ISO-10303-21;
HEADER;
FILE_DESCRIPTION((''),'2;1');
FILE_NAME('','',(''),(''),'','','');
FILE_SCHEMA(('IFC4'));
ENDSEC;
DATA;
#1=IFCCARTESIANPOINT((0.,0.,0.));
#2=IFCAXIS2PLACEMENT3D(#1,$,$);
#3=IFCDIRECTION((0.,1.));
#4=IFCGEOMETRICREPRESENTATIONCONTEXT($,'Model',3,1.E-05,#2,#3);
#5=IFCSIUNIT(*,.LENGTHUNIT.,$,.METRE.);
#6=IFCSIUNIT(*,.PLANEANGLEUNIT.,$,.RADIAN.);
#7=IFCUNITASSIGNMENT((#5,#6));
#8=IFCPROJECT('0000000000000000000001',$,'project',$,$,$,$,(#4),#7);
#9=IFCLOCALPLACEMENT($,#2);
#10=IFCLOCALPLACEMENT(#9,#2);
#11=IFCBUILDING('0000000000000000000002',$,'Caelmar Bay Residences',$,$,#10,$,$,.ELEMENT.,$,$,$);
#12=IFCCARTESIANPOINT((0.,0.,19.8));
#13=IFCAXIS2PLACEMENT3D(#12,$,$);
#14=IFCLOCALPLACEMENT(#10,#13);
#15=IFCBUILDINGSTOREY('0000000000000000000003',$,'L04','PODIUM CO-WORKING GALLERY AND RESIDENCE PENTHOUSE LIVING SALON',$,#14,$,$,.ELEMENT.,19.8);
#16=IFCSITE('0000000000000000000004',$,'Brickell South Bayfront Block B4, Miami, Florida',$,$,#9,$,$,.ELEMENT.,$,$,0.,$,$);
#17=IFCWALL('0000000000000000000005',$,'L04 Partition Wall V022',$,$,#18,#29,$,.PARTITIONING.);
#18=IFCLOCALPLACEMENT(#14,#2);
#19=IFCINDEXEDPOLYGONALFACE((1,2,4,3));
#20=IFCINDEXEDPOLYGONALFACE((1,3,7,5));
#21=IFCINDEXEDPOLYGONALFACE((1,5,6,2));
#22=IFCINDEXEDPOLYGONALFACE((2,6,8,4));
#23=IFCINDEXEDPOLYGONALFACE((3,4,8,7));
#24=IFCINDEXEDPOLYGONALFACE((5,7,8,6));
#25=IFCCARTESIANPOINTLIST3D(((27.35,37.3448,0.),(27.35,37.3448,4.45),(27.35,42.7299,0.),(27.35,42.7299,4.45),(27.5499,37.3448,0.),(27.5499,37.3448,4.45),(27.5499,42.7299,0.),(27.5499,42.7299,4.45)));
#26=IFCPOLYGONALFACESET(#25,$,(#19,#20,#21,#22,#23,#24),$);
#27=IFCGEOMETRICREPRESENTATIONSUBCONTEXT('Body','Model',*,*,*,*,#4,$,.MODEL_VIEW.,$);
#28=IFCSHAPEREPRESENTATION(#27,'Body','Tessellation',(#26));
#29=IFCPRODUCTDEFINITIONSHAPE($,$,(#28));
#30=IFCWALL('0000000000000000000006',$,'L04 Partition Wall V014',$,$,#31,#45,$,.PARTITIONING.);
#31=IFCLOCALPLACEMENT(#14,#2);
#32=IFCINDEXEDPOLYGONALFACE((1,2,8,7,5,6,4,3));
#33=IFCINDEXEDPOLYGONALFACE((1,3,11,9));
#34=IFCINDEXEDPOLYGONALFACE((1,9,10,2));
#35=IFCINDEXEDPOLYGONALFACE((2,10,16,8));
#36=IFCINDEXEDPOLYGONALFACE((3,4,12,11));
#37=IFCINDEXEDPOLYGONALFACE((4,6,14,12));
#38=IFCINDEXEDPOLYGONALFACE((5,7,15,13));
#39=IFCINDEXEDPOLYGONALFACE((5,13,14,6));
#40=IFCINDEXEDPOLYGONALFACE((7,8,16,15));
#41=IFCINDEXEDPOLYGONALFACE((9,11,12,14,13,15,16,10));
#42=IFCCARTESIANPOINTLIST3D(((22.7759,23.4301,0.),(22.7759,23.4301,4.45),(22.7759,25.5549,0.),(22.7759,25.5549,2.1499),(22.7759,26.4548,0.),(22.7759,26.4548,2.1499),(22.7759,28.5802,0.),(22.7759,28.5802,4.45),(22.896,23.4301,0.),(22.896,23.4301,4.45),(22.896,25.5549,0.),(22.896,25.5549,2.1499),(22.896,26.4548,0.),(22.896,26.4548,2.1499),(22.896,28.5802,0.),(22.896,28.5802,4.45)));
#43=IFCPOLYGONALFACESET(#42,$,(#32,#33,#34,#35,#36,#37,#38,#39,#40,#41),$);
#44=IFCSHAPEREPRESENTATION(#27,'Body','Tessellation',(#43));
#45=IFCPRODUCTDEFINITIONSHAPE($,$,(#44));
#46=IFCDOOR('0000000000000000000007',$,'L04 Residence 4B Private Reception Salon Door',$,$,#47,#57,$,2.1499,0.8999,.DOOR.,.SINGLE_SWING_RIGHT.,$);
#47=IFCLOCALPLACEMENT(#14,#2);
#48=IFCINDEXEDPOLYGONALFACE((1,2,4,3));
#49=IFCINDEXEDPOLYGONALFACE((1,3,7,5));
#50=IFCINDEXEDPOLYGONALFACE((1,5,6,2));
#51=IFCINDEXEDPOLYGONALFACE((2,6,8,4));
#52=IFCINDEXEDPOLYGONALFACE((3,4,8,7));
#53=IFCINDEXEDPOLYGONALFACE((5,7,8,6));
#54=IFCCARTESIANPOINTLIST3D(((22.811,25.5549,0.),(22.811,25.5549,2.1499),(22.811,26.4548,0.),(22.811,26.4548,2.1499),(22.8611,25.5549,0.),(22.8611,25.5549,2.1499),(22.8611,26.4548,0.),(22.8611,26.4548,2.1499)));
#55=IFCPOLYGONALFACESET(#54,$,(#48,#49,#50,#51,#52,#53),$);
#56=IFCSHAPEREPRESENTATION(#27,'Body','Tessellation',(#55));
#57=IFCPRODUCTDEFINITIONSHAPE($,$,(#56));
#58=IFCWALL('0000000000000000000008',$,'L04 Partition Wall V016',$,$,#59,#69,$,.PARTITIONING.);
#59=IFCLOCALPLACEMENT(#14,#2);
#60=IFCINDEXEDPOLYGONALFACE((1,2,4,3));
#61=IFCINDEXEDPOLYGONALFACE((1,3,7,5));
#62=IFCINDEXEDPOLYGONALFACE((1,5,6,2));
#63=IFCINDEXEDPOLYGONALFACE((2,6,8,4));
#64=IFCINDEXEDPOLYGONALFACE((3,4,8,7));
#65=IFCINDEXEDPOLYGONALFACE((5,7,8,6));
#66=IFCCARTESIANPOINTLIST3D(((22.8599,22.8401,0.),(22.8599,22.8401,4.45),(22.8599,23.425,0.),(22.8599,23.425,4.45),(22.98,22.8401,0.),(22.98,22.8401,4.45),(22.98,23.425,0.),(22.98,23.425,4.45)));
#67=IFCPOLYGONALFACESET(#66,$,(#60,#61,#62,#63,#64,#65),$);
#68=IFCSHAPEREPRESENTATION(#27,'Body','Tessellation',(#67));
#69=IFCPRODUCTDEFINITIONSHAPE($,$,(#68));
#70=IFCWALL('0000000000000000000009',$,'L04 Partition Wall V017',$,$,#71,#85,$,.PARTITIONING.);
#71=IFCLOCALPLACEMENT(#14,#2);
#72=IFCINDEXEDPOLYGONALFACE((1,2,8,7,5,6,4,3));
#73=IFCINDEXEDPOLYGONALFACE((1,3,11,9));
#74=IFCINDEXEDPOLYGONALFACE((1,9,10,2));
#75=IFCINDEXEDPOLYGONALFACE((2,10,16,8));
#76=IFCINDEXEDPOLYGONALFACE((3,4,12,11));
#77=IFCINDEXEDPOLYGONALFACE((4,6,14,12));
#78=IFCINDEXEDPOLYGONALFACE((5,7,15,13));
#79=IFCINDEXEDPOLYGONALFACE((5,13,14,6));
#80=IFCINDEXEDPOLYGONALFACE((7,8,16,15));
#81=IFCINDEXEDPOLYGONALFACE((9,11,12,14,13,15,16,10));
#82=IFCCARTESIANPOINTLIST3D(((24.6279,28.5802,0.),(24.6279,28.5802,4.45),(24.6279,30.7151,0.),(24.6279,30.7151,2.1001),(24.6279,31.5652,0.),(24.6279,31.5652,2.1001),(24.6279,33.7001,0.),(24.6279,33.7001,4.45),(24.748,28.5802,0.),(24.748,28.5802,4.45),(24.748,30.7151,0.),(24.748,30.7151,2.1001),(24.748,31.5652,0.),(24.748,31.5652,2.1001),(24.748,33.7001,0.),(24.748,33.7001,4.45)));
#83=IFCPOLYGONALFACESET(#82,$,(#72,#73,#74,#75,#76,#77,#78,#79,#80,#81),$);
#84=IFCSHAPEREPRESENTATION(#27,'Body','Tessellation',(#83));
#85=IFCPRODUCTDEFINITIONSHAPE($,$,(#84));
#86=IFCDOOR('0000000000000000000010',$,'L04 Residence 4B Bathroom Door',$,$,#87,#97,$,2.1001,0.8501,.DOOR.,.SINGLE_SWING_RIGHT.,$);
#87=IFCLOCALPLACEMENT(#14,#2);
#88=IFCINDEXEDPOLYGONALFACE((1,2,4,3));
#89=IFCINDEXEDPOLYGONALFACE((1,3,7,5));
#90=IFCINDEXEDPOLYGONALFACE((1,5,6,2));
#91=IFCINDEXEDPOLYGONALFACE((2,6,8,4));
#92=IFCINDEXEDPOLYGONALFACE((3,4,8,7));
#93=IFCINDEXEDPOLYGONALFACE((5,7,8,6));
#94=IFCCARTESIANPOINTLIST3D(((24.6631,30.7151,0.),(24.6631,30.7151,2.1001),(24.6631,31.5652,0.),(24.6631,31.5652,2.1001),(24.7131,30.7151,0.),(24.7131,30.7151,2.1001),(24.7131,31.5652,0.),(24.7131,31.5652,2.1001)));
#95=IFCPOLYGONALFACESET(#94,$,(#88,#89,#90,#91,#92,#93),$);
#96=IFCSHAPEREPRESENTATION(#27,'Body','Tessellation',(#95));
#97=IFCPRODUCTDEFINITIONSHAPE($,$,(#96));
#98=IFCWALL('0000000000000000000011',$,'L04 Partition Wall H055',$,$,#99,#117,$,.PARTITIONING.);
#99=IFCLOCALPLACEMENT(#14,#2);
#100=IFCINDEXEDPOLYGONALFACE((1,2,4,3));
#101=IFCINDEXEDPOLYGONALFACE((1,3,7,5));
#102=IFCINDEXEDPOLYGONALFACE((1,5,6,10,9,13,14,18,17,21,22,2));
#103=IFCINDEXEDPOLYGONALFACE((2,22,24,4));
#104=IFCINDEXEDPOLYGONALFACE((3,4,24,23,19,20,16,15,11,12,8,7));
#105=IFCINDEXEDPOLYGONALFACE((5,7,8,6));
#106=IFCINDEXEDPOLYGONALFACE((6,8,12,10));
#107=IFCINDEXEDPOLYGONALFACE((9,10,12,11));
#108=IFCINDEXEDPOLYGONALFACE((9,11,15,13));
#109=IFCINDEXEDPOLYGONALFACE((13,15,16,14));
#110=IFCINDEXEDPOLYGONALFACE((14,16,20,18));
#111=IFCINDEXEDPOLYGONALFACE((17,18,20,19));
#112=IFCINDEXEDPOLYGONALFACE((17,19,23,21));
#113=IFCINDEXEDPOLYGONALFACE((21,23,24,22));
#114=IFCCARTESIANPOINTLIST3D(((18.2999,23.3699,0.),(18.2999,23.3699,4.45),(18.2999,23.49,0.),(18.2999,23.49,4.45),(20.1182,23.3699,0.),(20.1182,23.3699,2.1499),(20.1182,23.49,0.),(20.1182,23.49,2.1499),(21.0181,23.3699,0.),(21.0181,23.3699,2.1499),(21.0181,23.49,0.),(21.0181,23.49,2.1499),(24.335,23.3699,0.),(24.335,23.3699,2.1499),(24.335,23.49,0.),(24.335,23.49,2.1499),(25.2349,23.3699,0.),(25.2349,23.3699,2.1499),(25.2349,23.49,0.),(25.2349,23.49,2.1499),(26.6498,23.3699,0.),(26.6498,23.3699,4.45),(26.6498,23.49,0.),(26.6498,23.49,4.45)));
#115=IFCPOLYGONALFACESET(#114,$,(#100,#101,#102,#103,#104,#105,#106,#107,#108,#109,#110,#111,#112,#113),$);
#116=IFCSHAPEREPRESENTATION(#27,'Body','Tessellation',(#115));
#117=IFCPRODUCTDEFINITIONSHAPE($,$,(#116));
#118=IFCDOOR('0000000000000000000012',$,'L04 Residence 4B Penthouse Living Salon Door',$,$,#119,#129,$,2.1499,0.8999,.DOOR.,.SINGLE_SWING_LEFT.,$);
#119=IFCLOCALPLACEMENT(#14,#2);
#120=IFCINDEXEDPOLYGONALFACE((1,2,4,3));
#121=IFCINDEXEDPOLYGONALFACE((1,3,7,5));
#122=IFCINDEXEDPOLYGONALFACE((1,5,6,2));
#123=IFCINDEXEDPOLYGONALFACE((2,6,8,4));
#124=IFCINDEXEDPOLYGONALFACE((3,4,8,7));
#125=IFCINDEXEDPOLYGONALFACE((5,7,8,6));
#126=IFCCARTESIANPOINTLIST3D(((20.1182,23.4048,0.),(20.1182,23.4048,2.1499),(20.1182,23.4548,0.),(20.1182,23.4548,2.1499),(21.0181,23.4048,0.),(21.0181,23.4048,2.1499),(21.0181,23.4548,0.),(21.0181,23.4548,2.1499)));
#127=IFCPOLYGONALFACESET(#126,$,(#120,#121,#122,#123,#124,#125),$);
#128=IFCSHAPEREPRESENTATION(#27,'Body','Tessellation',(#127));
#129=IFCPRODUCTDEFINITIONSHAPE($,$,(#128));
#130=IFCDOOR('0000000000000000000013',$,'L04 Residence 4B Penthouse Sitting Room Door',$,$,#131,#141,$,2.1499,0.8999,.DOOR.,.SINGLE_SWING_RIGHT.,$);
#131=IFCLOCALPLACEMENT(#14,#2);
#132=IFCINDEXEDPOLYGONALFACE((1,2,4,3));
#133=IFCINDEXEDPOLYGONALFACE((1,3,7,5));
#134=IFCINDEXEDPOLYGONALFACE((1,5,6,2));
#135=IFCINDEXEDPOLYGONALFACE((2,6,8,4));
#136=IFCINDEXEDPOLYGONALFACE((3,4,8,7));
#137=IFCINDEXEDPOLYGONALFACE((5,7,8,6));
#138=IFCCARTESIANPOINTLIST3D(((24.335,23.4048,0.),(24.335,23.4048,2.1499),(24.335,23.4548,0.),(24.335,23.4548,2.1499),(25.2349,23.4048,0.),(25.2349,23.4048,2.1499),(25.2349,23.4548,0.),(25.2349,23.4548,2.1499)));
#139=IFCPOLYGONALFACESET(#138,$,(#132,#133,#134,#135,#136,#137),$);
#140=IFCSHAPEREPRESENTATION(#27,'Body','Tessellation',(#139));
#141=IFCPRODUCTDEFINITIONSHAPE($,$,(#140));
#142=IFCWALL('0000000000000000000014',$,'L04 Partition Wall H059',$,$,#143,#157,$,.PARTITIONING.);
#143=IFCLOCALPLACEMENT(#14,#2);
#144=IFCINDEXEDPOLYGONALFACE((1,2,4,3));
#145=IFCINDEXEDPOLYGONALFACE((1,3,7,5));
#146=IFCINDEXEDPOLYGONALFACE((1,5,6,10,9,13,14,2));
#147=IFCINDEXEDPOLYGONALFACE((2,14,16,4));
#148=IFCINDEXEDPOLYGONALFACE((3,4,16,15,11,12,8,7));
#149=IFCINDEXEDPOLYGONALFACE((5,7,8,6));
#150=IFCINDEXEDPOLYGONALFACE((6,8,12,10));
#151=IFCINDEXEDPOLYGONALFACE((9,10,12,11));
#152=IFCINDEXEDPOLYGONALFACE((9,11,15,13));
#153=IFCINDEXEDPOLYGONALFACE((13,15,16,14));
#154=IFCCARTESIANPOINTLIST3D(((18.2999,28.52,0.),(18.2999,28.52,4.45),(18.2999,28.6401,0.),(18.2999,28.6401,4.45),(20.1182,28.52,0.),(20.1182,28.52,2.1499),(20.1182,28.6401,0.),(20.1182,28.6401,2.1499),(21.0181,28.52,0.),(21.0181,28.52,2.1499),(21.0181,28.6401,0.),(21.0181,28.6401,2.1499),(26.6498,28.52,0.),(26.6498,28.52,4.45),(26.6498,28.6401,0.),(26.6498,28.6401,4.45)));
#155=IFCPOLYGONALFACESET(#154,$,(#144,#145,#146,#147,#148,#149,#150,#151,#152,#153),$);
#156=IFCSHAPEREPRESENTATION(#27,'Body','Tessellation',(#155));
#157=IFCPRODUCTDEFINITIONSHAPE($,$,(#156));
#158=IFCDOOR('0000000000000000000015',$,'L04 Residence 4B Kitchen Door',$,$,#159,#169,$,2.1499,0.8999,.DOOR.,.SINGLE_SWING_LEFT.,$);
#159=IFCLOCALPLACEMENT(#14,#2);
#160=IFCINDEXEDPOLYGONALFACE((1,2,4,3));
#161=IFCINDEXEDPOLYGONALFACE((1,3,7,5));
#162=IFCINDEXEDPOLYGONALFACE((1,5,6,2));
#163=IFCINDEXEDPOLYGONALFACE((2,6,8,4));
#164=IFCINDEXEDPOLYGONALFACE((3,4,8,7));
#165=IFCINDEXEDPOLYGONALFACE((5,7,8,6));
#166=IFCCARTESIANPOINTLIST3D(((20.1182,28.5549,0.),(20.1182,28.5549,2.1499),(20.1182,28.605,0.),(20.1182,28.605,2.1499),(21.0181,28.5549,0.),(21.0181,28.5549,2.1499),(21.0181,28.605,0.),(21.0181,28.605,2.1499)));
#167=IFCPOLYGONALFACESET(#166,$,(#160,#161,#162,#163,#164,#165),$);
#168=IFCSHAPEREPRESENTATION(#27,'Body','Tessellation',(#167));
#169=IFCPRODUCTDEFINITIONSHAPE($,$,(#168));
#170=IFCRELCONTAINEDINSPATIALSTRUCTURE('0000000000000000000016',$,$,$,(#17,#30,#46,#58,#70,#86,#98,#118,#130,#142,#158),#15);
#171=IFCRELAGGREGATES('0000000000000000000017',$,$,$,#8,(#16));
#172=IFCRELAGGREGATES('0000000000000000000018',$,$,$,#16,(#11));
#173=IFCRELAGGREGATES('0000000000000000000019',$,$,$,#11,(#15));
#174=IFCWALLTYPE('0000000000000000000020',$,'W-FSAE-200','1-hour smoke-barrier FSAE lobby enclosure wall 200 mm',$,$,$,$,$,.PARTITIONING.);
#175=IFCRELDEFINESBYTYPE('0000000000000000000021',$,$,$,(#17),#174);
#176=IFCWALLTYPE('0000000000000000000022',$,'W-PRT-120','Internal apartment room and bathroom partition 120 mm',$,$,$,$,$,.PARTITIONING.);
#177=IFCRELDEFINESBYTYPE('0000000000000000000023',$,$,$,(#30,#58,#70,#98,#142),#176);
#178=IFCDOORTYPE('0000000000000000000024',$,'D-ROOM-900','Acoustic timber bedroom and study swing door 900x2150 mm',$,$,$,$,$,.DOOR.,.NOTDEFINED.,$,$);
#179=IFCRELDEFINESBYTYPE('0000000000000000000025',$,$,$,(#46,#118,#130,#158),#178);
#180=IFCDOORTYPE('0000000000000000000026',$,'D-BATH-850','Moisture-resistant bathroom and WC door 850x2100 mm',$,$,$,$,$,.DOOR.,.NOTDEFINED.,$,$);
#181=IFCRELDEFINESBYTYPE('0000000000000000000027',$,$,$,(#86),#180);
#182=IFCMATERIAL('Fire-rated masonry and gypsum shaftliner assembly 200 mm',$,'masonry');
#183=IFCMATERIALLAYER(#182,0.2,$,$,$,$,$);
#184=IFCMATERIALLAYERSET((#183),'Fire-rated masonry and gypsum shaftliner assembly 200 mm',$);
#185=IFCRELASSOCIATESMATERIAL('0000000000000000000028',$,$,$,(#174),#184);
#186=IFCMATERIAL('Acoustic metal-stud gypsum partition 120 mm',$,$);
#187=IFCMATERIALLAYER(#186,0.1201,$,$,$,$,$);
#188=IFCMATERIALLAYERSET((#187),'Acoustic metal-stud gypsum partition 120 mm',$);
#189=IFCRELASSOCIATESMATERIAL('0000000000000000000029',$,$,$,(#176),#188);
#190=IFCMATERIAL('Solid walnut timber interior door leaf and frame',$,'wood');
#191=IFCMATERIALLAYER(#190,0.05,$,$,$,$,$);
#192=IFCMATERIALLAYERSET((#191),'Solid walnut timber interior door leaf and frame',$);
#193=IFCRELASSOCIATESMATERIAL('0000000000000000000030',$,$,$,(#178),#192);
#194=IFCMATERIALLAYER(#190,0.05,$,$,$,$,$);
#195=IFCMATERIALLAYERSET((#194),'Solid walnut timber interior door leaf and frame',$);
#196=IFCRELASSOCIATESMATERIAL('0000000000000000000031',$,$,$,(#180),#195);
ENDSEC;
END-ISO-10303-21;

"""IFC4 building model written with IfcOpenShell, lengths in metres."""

from ifc_helpers import new_model, si_unit, direction, frame, frame_2d, origin, place, context, subcontext, project, spatial, rectangle, extrude, material, layer, layer_set, type_object, element, fill, save


model = new_model("IFC4")

# Units and contexts
model_context = context("Model", 3, precision=1e-05, world=origin(), true_north=direction((0.0, 1.0)))
body_context = subcontext(model_context, "Body", "Model", "MODEL_VIEW")
ifc_project = project(units=[si_unit("LENGTHUNIT", "METRE"), si_unit("PLANEANGLEUNIT", "RADIAN")], contexts=[model_context])

# Site, building, storey
site_placement = place(None, origin())
site = spatial("IfcSite", under=ifc_project, at=site_placement, Name="Brickell South Bayfront Block B4, Miami, Florida", CompositionType="ELEMENT", RefElevation=0.0)
building_placement = place(site_placement, origin())
building = spatial("IfcBuilding", under=site, at=building_placement, Name="Caelmar Bay Residences", CompositionType="ELEMENT")
storey_placement = place(building_placement, frame((0.0, 0.0, 19.8)))
storey = spatial("IfcBuildingStorey", under=building, at=storey_placement, Name="L04", Description="PODIUM CO-WORKING GALLERY AND RESIDENCE PENTHOUSE LIVING SALON", CompositionType="ELEMENT", Elevation=19.8)

# Wall
ifc_material_1 = material(Name="Fire-rated masonry and gypsum shaftliner assembly 200 mm", Category="masonry")
ifc_layer_1 = layer(ifc_material_1, 0.2)
ifc_layer_set_1 = layer_set([ifc_layer_1], Name="Fire-rated masonry and gypsum shaftliner assembly 200 mm")
wall_type_1 = type_object("IfcWallType", Name="W-FSAE-200", Description="1-hour smoke-barrier FSAE lobby enclosure wall 200 mm", PredefinedType="PARTITIONING", material=ifc_layer_set_1)
wall_1_placement = place(storey_placement, frame((27.45, 37.345, 0.0), z_axis=(0.0, 0.0, 1.0), x_axis=(0.0, 1.0, 0.0)))
element("IfcWall", 1, at=wall_1_placement, inside=storey, type_object=wall_type_1, Name="L04 Partition Wall V022", PredefinedType="PARTITIONING", context=body_context, shape_type="SweptSolid", body=[
    extrude(rectangle(XDim=5.385, YDim=0.2, at=frame_2d((2.6924, 0.0))), origin(), (0.0, 0.0, 1.0), 4.45),
])

# Wall, opening, door
ifc_material_2 = material(Name="Acoustic metal-stud gypsum partition 120 mm")
ifc_layer_2 = layer(ifc_material_2, 0.1201)
ifc_layer_set_2 = layer_set([ifc_layer_2], Name="Acoustic metal-stud gypsum partition 120 mm")
wall_type_2 = type_object("IfcWallType", Name="W-PRT-120", Description="Internal apartment room and bathroom partition 120 mm", PredefinedType="PARTITIONING", material=ifc_layer_set_2)
wall_2_placement = place(storey_placement, frame((22.8359, 23.4299, 0.0), z_axis=(0.0, 0.0, 1.0), x_axis=(0.0, 1.0, 0.0)))
wall_2 = element("IfcWall", 2, at=wall_2_placement, inside=storey, type_object=wall_type_2, Name="L04 Partition Wall V014", PredefinedType="PARTITIONING", context=body_context, shape_type="SweptSolid", body=[
    extrude(rectangle(XDim=5.1501, YDim=0.1201, at=frame_2d((2.5752, 0.0))), origin(), (0.0, 0.0, 1.0), 4.45),
])
opening_1_placement = place(wall_2_placement, frame((2.125, 0.0, 0.0)))
opening_1 = element("IfcOpeningElement", 3, at=opening_1_placement, cuts=wall_2, PredefinedType="OPENING", context=body_context, shape_type="SweptSolid", body=[
    extrude(rectangle(XDim=0.8999, YDim=2.1499, at=frame_2d((0.45, 1.075))), frame((0.0, 0.0701, 0.0), z_axis=(0.0, -1.0, 0.0), x_axis=(1.0, 0.0, 0.0)), (0.0, 0.0, 1.0), 0.1401),
])
ifc_material_3 = material(Name="Solid walnut timber interior door leaf and frame", Category="wood")
ifc_layer_3 = layer(ifc_material_3, 0.05)
ifc_layer_set_3 = layer_set([ifc_layer_3], Name="Solid walnut timber interior door leaf and frame")
door_type_1 = type_object("IfcDoorType", Name="D-ROOM-900", Description="Acoustic timber bedroom and study swing door 900x2150 mm", OperationType="NOTDEFINED", PredefinedType="DOOR", material=ifc_layer_set_3)
door_1_placement = place(opening_1_placement, origin())
door_1 = element("IfcDoor", 4, at=door_1_placement, inside=storey, type_object=door_type_1, Name="L04 Residence 4B Private Reception Salon Door", OperationType="SINGLE_SWING_RIGHT", OverallHeight=2.1499, OverallWidth=0.8999, PredefinedType="DOOR", context=body_context, shape_type="SweptSolid", body=[
    extrude(rectangle(XDim=0.8999, YDim=2.1499, at=frame_2d((0.45, 1.075))), frame((0.0, 0.0249, 0.0), z_axis=(0.0, -1.0, 0.0), x_axis=(1.0, 0.0, 0.0)), (0.0, 0.0, 1.0), 0.05),
])
fill(opening_1, door_1)

# Wall
wall_3_placement = place(storey_placement, frame((22.9199, 22.8401, 0.0), z_axis=(0.0, 0.0, 1.0), x_axis=(0.0, 1.0, 0.0)))
element("IfcWall", 5, at=wall_3_placement, inside=storey, type_object=wall_type_2, Name="L04 Partition Wall V016", PredefinedType="PARTITIONING", context=body_context, shape_type="SweptSolid", body=[
    extrude(rectangle(XDim=0.585, YDim=0.1201, at=frame_2d((0.2925, 0.0))), origin(), (0.0, 0.0, 1.0), 4.45),
])

# Wall, opening, door
wall_4_placement = place(storey_placement, frame((24.688, 28.5801, 0.0), z_axis=(0.0, 0.0, 1.0), x_axis=(0.0, 1.0, 0.0)))
wall_4 = element("IfcWall", 6, at=wall_4_placement, inside=storey, type_object=wall_type_2, Name="L04 Partition Wall V017", PredefinedType="PARTITIONING", context=body_context, shape_type="SweptSolid", body=[
    extrude(rectangle(XDim=5.1199, YDim=0.1201, at=frame_2d((2.5601, 0.0))), origin(), (0.0, 0.0, 1.0), 4.45),
])
opening_2_placement = place(wall_4_placement, frame((2.135, 0.0, 0.0)))
opening_2 = element("IfcOpeningElement", 7, at=opening_2_placement, cuts=wall_4, PredefinedType="OPENING", context=body_context, shape_type="SweptSolid", body=[
    extrude(rectangle(XDim=0.8501, YDim=2.1001, at=frame_2d((0.425, 1.05))), frame((0.0, 0.0701, 0.0), z_axis=(0.0, -1.0, 0.0), x_axis=(1.0, 0.0, 0.0)), (0.0, 0.0, 1.0), 0.1401),
])
ifc_layer_4 = layer(ifc_material_3, 0.05)
ifc_layer_set_4 = layer_set([ifc_layer_4], Name="Solid walnut timber interior door leaf and frame")
door_type_2 = type_object("IfcDoorType", Name="D-BATH-850", Description="Moisture-resistant bathroom and WC door 850x2100 mm", OperationType="NOTDEFINED", PredefinedType="DOOR", material=ifc_layer_set_4)
door_2_placement = place(opening_2_placement, origin())
door_2 = element("IfcDoor", 8, at=door_2_placement, inside=storey, type_object=door_type_2, Name="L04 Residence 4B Bathroom Door", OperationType="SINGLE_SWING_RIGHT", OverallHeight=2.1001, OverallWidth=0.8501, PredefinedType="DOOR", context=body_context, shape_type="SweptSolid", body=[
    extrude(rectangle(XDim=0.8501, YDim=2.1001, at=frame_2d((0.425, 1.05))), frame((0.0, 0.0249, 0.0), z_axis=(0.0, -1.0, 0.0), x_axis=(1.0, 0.0, 0.0)), (0.0, 0.0, 1.0), 0.05),
])
fill(opening_2, door_2)

# Wall, openings, doors
wall_5_placement = place(storey_placement, frame((18.3, 23.4299, 0.0), z_axis=(0.0, 0.0, 1.0), x_axis=(1.0, 0.0, 0.0)))
wall_5 = element("IfcWall", 9, at=wall_5_placement, inside=storey, type_object=wall_type_2, Name="L04 Partition Wall H055", PredefinedType="PARTITIONING", context=body_context, shape_type="SweptSolid", body=[
    extrude(rectangle(XDim=8.3499, YDim=0.1201, at=frame_2d((4.1748, 0.0))), origin(), (0.0, 0.0, 1.0), 4.45),
])
opening_3_placement = place(wall_5_placement, frame((1.8181, 0.0, 0.0)))
opening_3 = element("IfcOpeningElement", 10, at=opening_3_placement, cuts=wall_5, PredefinedType="OPENING", context=body_context, shape_type="SweptSolid", body=[
    extrude(rectangle(XDim=0.8999, YDim=2.1499, at=frame_2d((0.45, 1.075))), frame((0.0, 0.0701, 0.0), z_axis=(0.0, -1.0, 0.0), x_axis=(1.0, 0.0, 0.0)), (0.0, 0.0, 1.0), 0.1401),
])
opening_4_placement = place(wall_5_placement, frame((6.0349, 0.0, 0.0)))
opening_4 = element("IfcOpeningElement", 11, at=opening_4_placement, cuts=wall_5, PredefinedType="OPENING", context=body_context, shape_type="SweptSolid", body=[
    extrude(rectangle(XDim=0.8999, YDim=2.1499, at=frame_2d((0.45, 1.075))), frame((0.0, 0.0701, 0.0), z_axis=(0.0, -1.0, 0.0), x_axis=(1.0, 0.0, 0.0)), (0.0, 0.0, 1.0), 0.1401),
])
door_3_placement = place(opening_3_placement, origin())
door_3 = element("IfcDoor", 12, at=door_3_placement, inside=storey, type_object=door_type_1, Name="L04 Residence 4B Penthouse Living Salon Door", OperationType="SINGLE_SWING_LEFT", OverallHeight=2.1499, OverallWidth=0.8999, PredefinedType="DOOR", context=body_context, shape_type="SweptSolid", body=[
    extrude(rectangle(XDim=0.8999, YDim=2.1499, at=frame_2d((0.45, 1.075))), frame((0.0, 0.0249, 0.0), z_axis=(0.0, -1.0, 0.0), x_axis=(1.0, 0.0, 0.0)), (0.0, 0.0, 1.0), 0.05),
])
fill(opening_3, door_3)
door_4_placement = place(opening_4_placement, origin())
door_4 = element("IfcDoor", 13, at=door_4_placement, inside=storey, type_object=door_type_1, Name="L04 Residence 4B Penthouse Sitting Room Door", OperationType="SINGLE_SWING_RIGHT", OverallHeight=2.1499, OverallWidth=0.8999, PredefinedType="DOOR", context=body_context, shape_type="SweptSolid", body=[
    extrude(rectangle(XDim=0.8999, YDim=2.1499, at=frame_2d((0.45, 1.075))), frame((0.0, 0.0249, 0.0), z_axis=(0.0, -1.0, 0.0), x_axis=(1.0, 0.0, 0.0)), (0.0, 0.0, 1.0), 0.05),
])
fill(opening_4, door_4)

# Wall, opening, door
wall_6_placement = place(storey_placement, frame((18.3, 28.5801, 0.0), z_axis=(0.0, 0.0, 1.0), x_axis=(1.0, 0.0, 0.0)))
wall_6 = element("IfcWall", 14, at=wall_6_placement, inside=storey, type_object=wall_type_2, Name="L04 Partition Wall H059", PredefinedType="PARTITIONING", context=body_context, shape_type="SweptSolid", body=[
    extrude(rectangle(XDim=8.3499, YDim=0.1201, at=frame_2d((4.1748, 0.0))), origin(), (0.0, 0.0, 1.0), 4.45),
])
opening_5_placement = place(wall_6_placement, frame((1.8181, 0.0, 0.0)))
opening_5 = element("IfcOpeningElement", 15, at=opening_5_placement, cuts=wall_6, PredefinedType="OPENING", context=body_context, shape_type="SweptSolid", body=[
    extrude(rectangle(XDim=0.8999, YDim=2.1499, at=frame_2d((0.45, 1.075))), frame((0.0, 0.0701, 0.0), z_axis=(0.0, -1.0, 0.0), x_axis=(1.0, 0.0, 0.0)), (0.0, 0.0, 1.0), 0.1401),
])
door_5_placement = place(opening_5_placement, origin())
door_5 = element("IfcDoor", 16, at=door_5_placement, inside=storey, type_object=door_type_1, Name="L04 Residence 4B Kitchen Door", OperationType="SINGLE_SWING_LEFT", OverallHeight=2.1499, OverallWidth=0.8999, PredefinedType="DOOR", context=body_context, shape_type="SweptSolid", body=[
    extrude(rectangle(XDim=0.8999, YDim=2.1499, at=frame_2d((0.45, 1.075))), frame((0.0, 0.0249, 0.0), z_axis=(0.0, -1.0, 0.0), x_axis=(1.0, 0.0, 0.0)), (0.0, 0.0, 1.0), 0.05),
])
fill(opening_5, door_5)

save(model, "model.ifc")
